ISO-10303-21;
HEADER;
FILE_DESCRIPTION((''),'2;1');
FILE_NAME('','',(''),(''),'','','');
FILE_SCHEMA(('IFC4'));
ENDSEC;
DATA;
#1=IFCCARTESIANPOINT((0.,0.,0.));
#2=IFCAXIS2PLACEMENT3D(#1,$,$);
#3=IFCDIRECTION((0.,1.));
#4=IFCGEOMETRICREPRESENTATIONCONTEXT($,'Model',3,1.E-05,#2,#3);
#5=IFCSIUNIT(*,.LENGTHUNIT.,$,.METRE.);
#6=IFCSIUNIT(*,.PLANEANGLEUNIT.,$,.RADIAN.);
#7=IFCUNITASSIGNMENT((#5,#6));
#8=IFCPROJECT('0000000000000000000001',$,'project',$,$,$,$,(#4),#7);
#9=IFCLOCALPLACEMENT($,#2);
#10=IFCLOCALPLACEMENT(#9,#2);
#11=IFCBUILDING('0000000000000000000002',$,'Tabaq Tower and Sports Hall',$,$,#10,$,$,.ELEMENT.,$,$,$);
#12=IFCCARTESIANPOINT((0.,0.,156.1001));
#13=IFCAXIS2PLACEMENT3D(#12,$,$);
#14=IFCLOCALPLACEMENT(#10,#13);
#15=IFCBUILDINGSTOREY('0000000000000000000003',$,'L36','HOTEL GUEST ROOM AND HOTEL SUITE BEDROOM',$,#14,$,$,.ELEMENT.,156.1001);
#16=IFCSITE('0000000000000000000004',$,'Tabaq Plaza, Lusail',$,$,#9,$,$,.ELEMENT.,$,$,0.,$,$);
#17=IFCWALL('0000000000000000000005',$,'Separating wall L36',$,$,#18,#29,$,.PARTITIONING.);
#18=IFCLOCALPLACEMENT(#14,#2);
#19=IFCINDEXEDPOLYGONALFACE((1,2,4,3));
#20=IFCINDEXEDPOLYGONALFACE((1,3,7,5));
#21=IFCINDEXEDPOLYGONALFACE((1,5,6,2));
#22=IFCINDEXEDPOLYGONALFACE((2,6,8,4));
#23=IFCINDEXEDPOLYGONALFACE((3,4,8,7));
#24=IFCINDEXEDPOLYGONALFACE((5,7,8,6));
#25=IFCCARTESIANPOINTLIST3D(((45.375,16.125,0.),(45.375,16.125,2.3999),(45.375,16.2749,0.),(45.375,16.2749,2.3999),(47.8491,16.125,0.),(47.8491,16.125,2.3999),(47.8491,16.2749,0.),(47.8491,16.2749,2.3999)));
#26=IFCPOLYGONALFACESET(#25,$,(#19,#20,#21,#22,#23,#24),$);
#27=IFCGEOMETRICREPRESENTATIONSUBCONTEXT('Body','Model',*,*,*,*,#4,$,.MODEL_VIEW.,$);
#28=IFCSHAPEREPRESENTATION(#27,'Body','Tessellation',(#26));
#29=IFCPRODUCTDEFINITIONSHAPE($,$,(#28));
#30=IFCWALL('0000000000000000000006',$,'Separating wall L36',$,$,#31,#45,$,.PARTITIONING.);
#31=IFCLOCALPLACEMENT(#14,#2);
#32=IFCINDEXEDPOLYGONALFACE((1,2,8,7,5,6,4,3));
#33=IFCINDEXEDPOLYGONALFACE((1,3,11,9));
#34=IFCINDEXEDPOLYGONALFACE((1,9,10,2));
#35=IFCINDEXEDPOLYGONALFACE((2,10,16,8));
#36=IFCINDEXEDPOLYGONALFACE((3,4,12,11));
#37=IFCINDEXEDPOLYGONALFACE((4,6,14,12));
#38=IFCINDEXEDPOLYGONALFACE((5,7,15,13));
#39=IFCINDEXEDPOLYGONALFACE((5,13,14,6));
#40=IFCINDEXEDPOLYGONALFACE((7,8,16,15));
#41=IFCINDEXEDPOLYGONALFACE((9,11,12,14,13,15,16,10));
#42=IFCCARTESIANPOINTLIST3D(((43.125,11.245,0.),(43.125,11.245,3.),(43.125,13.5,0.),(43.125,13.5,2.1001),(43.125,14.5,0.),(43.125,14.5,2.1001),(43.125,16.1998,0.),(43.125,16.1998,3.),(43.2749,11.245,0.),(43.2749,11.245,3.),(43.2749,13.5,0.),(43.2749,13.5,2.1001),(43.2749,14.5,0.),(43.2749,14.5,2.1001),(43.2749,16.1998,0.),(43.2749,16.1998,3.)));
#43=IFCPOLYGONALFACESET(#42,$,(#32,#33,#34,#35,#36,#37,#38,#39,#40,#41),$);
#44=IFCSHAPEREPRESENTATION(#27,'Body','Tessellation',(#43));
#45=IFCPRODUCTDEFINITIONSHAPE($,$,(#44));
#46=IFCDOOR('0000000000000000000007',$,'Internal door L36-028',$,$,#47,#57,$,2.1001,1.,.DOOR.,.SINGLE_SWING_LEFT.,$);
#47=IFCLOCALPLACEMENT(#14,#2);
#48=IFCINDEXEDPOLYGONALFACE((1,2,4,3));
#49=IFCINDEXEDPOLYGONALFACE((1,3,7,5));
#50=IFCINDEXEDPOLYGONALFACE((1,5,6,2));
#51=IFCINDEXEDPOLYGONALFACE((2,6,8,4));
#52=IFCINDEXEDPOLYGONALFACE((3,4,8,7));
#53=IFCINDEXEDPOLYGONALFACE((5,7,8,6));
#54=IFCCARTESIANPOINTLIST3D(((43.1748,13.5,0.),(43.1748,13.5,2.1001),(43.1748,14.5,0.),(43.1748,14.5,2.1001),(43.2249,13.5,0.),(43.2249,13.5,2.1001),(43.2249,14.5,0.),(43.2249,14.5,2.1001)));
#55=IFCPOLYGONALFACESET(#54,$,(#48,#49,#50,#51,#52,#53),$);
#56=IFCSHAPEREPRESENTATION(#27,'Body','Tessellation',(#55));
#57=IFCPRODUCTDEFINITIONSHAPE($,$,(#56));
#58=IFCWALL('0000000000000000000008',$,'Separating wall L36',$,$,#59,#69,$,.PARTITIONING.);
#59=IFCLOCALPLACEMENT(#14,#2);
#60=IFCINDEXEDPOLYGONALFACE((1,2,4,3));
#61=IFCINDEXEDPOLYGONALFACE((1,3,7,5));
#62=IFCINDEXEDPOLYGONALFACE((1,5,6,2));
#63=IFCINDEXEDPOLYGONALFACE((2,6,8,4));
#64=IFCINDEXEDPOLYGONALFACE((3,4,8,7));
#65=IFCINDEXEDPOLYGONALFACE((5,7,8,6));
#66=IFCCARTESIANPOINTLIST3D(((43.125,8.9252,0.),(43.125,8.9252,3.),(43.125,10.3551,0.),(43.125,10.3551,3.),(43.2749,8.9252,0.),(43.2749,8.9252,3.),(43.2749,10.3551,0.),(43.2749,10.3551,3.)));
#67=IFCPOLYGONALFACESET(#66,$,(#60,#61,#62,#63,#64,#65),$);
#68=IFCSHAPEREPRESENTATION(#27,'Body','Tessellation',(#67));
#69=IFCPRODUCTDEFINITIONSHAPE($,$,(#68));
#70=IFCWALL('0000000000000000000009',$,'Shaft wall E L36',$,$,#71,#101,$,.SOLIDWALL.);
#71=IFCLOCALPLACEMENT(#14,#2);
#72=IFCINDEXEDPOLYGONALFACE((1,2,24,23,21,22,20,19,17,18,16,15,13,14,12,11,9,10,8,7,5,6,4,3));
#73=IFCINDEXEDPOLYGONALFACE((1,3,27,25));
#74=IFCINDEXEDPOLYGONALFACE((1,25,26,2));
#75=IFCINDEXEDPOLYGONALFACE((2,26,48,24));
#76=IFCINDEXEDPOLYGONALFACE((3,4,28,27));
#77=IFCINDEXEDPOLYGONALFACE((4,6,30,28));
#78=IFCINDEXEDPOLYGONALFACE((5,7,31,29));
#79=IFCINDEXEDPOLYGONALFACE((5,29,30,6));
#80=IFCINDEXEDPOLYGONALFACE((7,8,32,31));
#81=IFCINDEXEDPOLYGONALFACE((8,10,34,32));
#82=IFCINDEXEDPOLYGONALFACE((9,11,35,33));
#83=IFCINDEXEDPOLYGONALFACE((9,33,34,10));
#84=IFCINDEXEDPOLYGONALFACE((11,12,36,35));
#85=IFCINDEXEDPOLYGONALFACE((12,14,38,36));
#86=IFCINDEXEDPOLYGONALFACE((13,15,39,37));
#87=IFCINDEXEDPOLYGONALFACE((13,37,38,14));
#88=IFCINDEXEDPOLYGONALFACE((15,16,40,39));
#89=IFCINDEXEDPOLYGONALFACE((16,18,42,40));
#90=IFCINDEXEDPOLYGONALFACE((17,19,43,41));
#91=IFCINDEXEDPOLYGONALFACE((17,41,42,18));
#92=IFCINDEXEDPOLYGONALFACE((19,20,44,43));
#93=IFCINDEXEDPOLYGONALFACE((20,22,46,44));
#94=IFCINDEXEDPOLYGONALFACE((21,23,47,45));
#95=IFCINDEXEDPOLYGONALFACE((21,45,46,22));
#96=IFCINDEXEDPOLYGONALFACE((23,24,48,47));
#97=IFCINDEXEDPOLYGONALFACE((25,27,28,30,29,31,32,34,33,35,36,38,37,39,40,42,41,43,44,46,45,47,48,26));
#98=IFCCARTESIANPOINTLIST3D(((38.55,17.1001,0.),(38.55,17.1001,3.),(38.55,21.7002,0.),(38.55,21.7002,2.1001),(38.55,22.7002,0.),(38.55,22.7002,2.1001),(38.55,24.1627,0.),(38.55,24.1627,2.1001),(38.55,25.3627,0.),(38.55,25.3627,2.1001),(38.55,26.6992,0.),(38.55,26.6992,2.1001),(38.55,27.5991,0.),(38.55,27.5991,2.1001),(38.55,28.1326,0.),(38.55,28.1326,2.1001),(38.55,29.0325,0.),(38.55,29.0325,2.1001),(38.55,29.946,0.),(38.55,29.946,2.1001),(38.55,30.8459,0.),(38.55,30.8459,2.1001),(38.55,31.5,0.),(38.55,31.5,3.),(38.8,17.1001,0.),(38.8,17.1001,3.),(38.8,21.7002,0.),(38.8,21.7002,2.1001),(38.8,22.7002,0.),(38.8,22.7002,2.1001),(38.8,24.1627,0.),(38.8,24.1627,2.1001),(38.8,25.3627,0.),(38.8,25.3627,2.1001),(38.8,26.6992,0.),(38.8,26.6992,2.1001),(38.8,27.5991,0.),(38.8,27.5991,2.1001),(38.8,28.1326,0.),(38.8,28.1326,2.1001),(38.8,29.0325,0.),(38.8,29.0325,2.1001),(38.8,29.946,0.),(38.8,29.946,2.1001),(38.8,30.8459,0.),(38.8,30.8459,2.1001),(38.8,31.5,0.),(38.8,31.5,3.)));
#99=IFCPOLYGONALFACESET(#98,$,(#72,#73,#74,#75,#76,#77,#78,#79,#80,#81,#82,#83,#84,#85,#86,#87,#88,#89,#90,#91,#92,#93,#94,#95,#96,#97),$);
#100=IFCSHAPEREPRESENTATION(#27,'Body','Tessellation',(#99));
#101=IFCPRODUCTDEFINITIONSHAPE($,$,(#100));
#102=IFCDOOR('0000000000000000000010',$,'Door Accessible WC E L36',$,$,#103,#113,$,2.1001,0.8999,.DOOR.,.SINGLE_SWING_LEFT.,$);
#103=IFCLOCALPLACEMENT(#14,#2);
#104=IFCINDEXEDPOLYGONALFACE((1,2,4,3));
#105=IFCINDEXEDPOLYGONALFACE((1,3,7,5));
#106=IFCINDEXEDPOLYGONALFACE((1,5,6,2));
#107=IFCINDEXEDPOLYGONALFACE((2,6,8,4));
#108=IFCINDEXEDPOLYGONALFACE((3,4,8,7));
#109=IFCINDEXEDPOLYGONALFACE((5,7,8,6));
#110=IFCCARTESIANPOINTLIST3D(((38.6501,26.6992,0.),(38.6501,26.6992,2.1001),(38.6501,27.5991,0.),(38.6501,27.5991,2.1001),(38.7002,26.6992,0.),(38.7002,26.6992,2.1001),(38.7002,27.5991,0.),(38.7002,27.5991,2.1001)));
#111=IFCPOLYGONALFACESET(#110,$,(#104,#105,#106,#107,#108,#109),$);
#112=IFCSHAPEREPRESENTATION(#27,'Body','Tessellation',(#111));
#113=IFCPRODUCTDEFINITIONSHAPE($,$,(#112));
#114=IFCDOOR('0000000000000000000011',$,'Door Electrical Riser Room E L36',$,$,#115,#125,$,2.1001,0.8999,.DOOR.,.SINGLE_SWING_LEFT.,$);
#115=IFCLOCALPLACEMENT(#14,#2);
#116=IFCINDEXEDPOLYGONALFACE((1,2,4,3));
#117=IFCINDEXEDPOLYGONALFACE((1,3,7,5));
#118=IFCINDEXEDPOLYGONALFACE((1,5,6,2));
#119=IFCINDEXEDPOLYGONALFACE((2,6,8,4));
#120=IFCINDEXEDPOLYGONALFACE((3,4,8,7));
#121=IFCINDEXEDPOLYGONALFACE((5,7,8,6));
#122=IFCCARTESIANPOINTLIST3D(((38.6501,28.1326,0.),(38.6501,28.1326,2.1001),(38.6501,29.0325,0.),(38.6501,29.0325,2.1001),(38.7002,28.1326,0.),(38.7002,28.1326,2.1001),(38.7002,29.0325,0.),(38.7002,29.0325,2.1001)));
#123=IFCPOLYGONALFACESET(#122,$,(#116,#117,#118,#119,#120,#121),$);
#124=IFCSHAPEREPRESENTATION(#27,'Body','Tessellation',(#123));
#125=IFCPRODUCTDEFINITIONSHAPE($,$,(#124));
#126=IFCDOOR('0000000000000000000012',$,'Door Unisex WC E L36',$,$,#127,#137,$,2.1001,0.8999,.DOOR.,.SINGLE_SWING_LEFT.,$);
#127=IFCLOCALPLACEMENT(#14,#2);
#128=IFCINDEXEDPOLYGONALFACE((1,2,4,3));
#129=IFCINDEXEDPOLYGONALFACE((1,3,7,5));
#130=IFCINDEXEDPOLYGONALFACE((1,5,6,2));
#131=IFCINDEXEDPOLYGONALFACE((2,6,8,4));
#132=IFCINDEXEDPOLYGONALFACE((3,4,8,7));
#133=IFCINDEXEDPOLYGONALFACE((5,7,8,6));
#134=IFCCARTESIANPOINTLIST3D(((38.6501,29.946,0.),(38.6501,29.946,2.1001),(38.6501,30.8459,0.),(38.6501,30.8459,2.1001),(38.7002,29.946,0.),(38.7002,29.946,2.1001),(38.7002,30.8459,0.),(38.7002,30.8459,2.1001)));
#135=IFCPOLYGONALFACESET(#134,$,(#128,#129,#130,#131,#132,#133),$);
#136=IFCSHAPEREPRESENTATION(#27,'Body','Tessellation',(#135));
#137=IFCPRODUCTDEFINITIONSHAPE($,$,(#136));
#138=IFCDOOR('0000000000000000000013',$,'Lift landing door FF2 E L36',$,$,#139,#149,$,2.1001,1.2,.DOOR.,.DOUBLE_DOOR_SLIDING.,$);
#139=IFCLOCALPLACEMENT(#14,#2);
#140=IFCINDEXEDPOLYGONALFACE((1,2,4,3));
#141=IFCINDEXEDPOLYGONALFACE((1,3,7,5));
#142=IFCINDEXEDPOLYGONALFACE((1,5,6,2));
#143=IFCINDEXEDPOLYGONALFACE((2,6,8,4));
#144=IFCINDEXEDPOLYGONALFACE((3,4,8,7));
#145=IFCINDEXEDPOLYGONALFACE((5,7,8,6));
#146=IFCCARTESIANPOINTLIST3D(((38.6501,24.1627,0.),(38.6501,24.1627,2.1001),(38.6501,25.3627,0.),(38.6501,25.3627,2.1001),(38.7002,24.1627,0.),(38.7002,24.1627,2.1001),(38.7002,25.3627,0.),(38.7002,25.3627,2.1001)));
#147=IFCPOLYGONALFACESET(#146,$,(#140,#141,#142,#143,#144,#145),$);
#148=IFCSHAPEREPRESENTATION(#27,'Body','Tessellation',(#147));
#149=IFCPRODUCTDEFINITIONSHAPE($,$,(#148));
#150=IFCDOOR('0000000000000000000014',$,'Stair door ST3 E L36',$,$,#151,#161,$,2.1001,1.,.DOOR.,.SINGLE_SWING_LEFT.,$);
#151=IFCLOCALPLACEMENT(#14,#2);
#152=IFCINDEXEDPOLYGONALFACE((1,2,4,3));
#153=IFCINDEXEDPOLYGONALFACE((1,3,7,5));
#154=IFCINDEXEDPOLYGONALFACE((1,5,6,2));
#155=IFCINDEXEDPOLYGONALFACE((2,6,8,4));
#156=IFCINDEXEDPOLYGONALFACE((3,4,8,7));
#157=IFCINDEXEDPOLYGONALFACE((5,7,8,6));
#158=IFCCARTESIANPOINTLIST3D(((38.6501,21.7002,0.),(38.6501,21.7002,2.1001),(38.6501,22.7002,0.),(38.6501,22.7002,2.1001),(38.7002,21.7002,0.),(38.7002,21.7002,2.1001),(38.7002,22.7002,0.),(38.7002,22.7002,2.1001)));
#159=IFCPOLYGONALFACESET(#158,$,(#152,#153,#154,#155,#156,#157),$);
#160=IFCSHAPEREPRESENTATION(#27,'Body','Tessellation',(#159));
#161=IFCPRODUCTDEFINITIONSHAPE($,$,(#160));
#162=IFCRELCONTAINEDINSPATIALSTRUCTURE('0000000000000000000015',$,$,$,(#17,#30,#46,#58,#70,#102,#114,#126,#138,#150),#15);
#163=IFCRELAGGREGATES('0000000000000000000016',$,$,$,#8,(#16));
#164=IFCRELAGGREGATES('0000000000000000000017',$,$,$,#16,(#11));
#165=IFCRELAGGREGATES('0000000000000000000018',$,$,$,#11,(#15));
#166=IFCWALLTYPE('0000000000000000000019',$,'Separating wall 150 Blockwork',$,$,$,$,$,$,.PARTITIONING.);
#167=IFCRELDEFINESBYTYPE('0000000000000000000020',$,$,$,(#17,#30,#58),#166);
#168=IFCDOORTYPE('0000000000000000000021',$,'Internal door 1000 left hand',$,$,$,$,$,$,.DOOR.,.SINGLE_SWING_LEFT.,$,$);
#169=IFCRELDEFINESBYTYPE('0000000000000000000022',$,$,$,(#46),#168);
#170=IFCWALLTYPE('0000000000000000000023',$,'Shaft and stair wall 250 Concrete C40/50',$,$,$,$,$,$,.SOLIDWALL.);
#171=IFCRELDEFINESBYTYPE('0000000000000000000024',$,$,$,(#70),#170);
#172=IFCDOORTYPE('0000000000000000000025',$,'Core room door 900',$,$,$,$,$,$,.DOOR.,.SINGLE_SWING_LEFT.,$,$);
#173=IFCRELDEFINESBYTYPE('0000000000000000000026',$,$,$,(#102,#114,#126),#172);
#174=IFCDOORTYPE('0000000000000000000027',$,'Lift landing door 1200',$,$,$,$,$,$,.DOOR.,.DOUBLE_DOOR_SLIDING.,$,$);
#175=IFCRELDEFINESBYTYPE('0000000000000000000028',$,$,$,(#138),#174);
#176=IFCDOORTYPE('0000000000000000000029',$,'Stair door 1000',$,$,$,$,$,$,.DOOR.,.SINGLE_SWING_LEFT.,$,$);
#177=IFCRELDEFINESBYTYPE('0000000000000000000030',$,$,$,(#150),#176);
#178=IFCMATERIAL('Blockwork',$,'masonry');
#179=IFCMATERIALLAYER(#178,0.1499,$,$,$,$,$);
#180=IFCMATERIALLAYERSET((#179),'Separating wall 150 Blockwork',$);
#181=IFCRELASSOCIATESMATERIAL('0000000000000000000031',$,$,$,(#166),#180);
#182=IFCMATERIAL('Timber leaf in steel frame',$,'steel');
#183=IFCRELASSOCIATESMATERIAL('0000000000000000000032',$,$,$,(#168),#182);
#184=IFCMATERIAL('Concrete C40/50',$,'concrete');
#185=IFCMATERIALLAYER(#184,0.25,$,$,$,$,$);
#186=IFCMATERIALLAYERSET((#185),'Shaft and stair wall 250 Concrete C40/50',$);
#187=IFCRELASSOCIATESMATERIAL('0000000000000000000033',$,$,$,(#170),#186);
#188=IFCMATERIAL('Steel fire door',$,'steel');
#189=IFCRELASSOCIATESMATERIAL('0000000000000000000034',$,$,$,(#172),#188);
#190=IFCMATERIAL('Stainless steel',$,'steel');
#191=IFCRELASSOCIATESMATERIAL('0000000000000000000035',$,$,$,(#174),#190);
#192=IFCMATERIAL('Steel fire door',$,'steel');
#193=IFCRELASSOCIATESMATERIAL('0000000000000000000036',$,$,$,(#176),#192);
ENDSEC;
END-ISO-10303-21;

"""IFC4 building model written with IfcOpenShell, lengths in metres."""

from ifc_helpers import new_model, si_unit, direction, frame, frame_2d, origin, place, context, subcontext, project, spatial, rectangle, extrude, material, layer, layer_set, type_object, element, fill, save


model = new_model("IFC4")

# Units and contexts
model_context = context("Model", 3, precision=1e-05, world=origin(), true_north=direction((0.0, 1.0)))
body_context = subcontext(model_context, "Body", "Model", "MODEL_VIEW")
ifc_project = project(units=[si_unit("LENGTHUNIT", "METRE"), si_unit("PLANEANGLEUNIT", "RADIAN")], contexts=[model_context])

# Site, building, storey
site_placement = place(None, origin())
site = spatial("IfcSite", under=ifc_project, at=site_placement, Name="Tabaq Plaza, Lusail", CompositionType="ELEMENT", RefElevation=0.0)
building_placement = place(site_placement, origin())
building = spatial("IfcBuilding", under=site, at=building_placement, Name="Tabaq Tower and Sports Hall", CompositionType="ELEMENT")
storey_placement = place(building_placement, frame((0.0, 0.0, 156.1001)))
storey = spatial("IfcBuildingStorey", under=building, at=storey_placement, Name="L36", Description="HOTEL GUEST ROOM AND HOTEL SUITE BEDROOM", CompositionType="ELEMENT", Elevation=156.1001)

# Wall
ifc_material_1 = material(Name="Blockwork", Category="masonry")
ifc_layer_1 = layer(ifc_material_1, 0.1499)
ifc_layer_set_1 = layer_set([ifc_layer_1], Name="Separating wall 150 Blockwork")
wall_type_1 = type_object("IfcWallType", Name="Separating wall 150 Blockwork", PredefinedType="PARTITIONING", material=ifc_layer_set_1)
wall_1_placement = place(storey_placement, frame((47.8491, 16.2, 0.0), z_axis=(0.0, 0.0, 1.0), x_axis=(-1.0, 0.0, 0.0)))
element("IfcWall", 1, at=wall_1_placement, inside=storey, type_object=wall_type_1, Name="Separating wall L36", PredefinedType="PARTITIONING", context=body_context, shape_type="SweptSolid", body=[
    extrude(rectangle(XDim=2.4741, YDim=0.1499, at=frame_2d((1.2371, 0.0))), origin(), (0.0, 0.0, 1.0), 2.3999),
])

# Wall, opening, door
wall_2_placement = place(storey_placement, frame((43.2, 16.2, 0.0), z_axis=(0.0, 0.0, 1.0), x_axis=(0.0, -1.0, 0.0)))
wall_2 = element("IfcWall", 2, at=wall_2_placement, inside=storey, type_object=wall_type_1, Name="Separating wall L36", PredefinedType="PARTITIONING", context=body_context, shape_type="SweptSolid", body=[
    extrude(rectangle(XDim=4.9548, YDim=0.1499, at=frame_2d((2.4775, 0.0))), origin(), (0.0, 0.0, 1.0), 3.0),
])
opening_1_placement = place(wall_2_placement, frame((1.7, 0.0, 0.0)))
opening_1 = element("IfcOpeningElement", 3, at=opening_1_placement, cuts=wall_2, PredefinedType="OPENING", context=body_context, shape_type="SweptSolid", body=[
    extrude(rectangle(XDim=1.0, YDim=2.1001, at=frame_2d((0.5, 1.05))), frame((0.0, 0.075, 0.0), z_axis=(0.0, -1.0, 0.0), x_axis=(1.0, 0.0, 0.0)), (0.0, 0.0, 1.0), 0.1499),
])
ifc_material_2 = material(Name="Timber leaf in steel frame", Category="steel")
door_type_1 = type_object("IfcDoorType", Name="Internal door 1000 left hand", OperationType="SINGLE_SWING_LEFT", PredefinedType="DOOR", material=ifc_material_2)
door_1_placement = place(opening_1_placement, origin())
door_1 = element("IfcDoor", 4, at=door_1_placement, inside=storey, type_object=door_type_1, Name="Internal door L36-028", OperationType="SINGLE_SWING_LEFT", OverallHeight=2.1001, OverallWidth=1.0, PredefinedType="DOOR", context=body_context, shape_type="SweptSolid", body=[
    extrude(rectangle(XDim=1.0, YDim=2.1001, at=frame_2d((0.5, 1.05))), frame((0.0, 0.0249, 0.0), z_axis=(0.0, -1.0, 0.0), x_axis=(1.0, 0.0, 0.0)), (0.0, 0.0, 1.0), 0.05),
])
fill(opening_1, door_1)

# Wall
wall_3_placement = place(storey_placement, frame((43.2, 10.355, 0.0), z_axis=(0.0, 0.0, 1.0), x_axis=(0.0, -1.0, 0.0)))
element("IfcWall", 5, at=wall_3_placement, inside=storey, type_object=wall_type_1, Name="Separating wall L36", PredefinedType="PARTITIONING", context=body_context, shape_type="SweptSolid", body=[
    extrude(rectangle(XDim=1.4299, YDim=0.1499, at=frame_2d((0.7148, 0.0))), origin(), (0.0, 0.0, 1.0), 3.0),
])

# Wall, openings, doors
ifc_material_3 = material(Name="Concrete C40/50", Category="concrete")
ifc_layer_2 = layer(ifc_material_3, 0.25)
ifc_layer_set_2 = layer_set([ifc_layer_2], Name="Shaft and stair wall 250 Concrete C40/50")
wall_type_2 = type_object("IfcWallType", Name="Shaft and stair wall 250 Concrete C40/50", PredefinedType="SOLIDWALL", material=ifc_layer_set_2)
wall_4_placement = place(storey_placement, frame((38.675, 17.1001, 0.0), z_axis=(0.0, 0.0, 1.0), x_axis=(0.0, 1.0, 0.0)))
wall_4 = element("IfcWall", 6, at=wall_4_placement, inside=storey, type_object=wall_type_2, Name="Shaft wall E L36", PredefinedType="SOLIDWALL", context=body_context, shape_type="SweptSolid", body=[
    extrude(rectangle(XDim=14.3999, YDim=0.25, at=frame_2d((7.2, 0.0))), origin(), (0.0, 0.0, 1.0), 3.0),
])
opening_2_placement = place(wall_4_placement, frame((4.6001, 0.0, 0.0)))
opening_2 = element("IfcOpeningElement", 7, at=opening_2_placement, cuts=wall_4, PredefinedType="OPENING", context=body_context, shape_type="SweptSolid", body=[
    extrude(rectangle(XDim=1.0, YDim=2.1001, at=frame_2d((0.5, 1.05))), frame((0.0, 0.125, 0.0), z_axis=(0.0, -1.0, 0.0), x_axis=(1.0, 0.0, 0.0)), (0.0, 0.0, 1.0), 0.25),
])
opening_3_placement = place(wall_4_placement, frame((7.0625, 0.0, 0.0)))
opening_3 = element("IfcOpeningElement", 8, at=opening_3_placement, cuts=wall_4, PredefinedType="OPENING", context=body_context, shape_type="SweptSolid", body=[
    extrude(rectangle(XDim=1.2, YDim=2.1001, at=frame_2d((0.6001, 1.05))), frame((0.0, 0.125, 0.0), z_axis=(0.0, -1.0, 0.0), x_axis=(1.0, 0.0, 0.0)), (0.0, 0.0, 1.0), 0.25),
])
opening_4_placement = place(wall_4_placement, frame((9.5991, 0.0, 0.0)))
opening_4 = element("IfcOpeningElement", 9, at=opening_4_placement, cuts=wall_4, PredefinedType="OPENING", context=body_context, shape_type="SweptSolid", body=[
    extrude(rectangle(XDim=0.8999, YDim=2.1001, at=frame_2d((0.45, 1.05))), frame((0.0, 0.125, 0.0), z_axis=(0.0, -1.0, 0.0), x_axis=(1.0, 0.0, 0.0)), (0.0, 0.0, 1.0), 0.25),
])
opening_5_placement = place(wall_4_placement, frame((11.0325, 0.0, 0.0)))
opening_5 = element("IfcOpeningElement", 10, at=opening_5_placement, cuts=wall_4, PredefinedType="OPENING", context=body_context, shape_type="SweptSolid", body=[
    extrude(rectangle(XDim=0.8999, YDim=2.1001, at=frame_2d((0.45, 1.05))), frame((0.0, 0.125, 0.0), z_axis=(0.0, -1.0, 0.0), x_axis=(1.0, 0.0, 0.0)), (0.0, 0.0, 1.0), 0.25),
])
opening_6_placement = place(wall_4_placement, frame((12.8459, 0.0, 0.0)))
opening_6 = element("IfcOpeningElement", 11, at=opening_6_placement, cuts=wall_4, PredefinedType="OPENING", context=body_context, shape_type="SweptSolid", body=[
    extrude(rectangle(XDim=0.8999, YDim=2.1001, at=frame_2d((0.45, 1.05))), frame((0.0, 0.125, 0.0), z_axis=(0.0, -1.0, 0.0), x_axis=(1.0, 0.0, 0.0)), (0.0, 0.0, 1.0), 0.25),
])
ifc_material_4 = material(Name="Steel fire door", Category="steel")
door_type_2 = type_object("IfcDoorType", Name="Core room door 900", OperationType="SINGLE_SWING_LEFT", PredefinedType="DOOR", material=ifc_material_4)
door_2_placement = place(opening_4_placement, origin())
door_2 = element("IfcDoor", 12, at=door_2_placement, inside=storey, type_object=door_type_2, Name="Door Accessible WC E L36", OperationType="SINGLE_SWING_LEFT", OverallHeight=2.1001, OverallWidth=0.8999, PredefinedType="DOOR", context=body_context, shape_type="SweptSolid", body=[
    extrude(rectangle(XDim=0.8999, YDim=2.1001, at=frame_2d((0.45, 1.05))), frame((0.0, 0.0249, 0.0), z_axis=(0.0, -1.0, 0.0), x_axis=(1.0, 0.0, 0.0)), (0.0, 0.0, 1.0), 0.05),
])
fill(opening_4, door_2)
door_3_placement = place(opening_5_placement, origin())
door_3 = element("IfcDoor", 13, at=door_3_placement, inside=storey, type_object=door_type_2, Name="Door Electrical Riser Room E L36", OperationType="SINGLE_SWING_LEFT", OverallHeight=2.1001, OverallWidth=0.8999, PredefinedType="DOOR", context=body_context, shape_type="SweptSolid", body=[
    extrude(rectangle(XDim=0.8999, YDim=2.1001, at=frame_2d((0.45, 1.05))), frame((0.0, 0.0249, 0.0), z_axis=(0.0, -1.0, 0.0), x_axis=(1.0, 0.0, 0.0)), (0.0, 0.0, 1.0), 0.05),
])
fill(opening_5, door_3)
door_4_placement = place(opening_6_placement, origin())
door_4 = element("IfcDoor", 14, at=door_4_placement, inside=storey, type_object=door_type_2, Name="Door Unisex WC E L36", OperationType="SINGLE_SWING_LEFT", OverallHeight=2.1001, OverallWidth=0.8999, PredefinedType="DOOR", context=body_context, shape_type="SweptSolid", body=[
    extrude(rectangle(XDim=0.8999, YDim=2.1001, at=frame_2d((0.45, 1.05))), frame((0.0, 0.0249, 0.0), z_axis=(0.0, -1.0, 0.0), x_axis=(1.0, 0.0, 0.0)), (0.0, 0.0, 1.0), 0.05),
])
fill(opening_6, door_4)
ifc_material_5 = material(Name="Stainless steel", Category="steel")
door_type_3 = type_object("IfcDoorType", Name="Lift landing door 1200", OperationType="DOUBLE_DOOR_SLIDING", PredefinedType="DOOR", material=ifc_material_5)
door_5_placement = place(opening_3_placement, origin())
door_5 = element("IfcDoor", 15, at=door_5_placement, inside=storey, type_object=door_type_3, Name="Lift landing door FF2 E L36", OperationType="DOUBLE_DOOR_SLIDING", OverallHeight=2.1001, OverallWidth=1.2, PredefinedType="DOOR", context=body_context, shape_type="SweptSolid", body=[
    extrude(rectangle(XDim=1.2, YDim=2.1001, at=frame_2d((0.6001, 1.05))), frame((0.0, 0.0249, 0.0), z_axis=(0.0, -1.0, 0.0), x_axis=(1.0, 0.0, 0.0)), (0.0, 0.0, 1.0), 0.05),
])
fill(opening_3, door_5)
ifc_material_6 = material(Name="Steel fire door", Category="steel")
door_type_4 = type_object("IfcDoorType", Name="Stair door 1000", OperationType="SINGLE_SWING_LEFT", PredefinedType="DOOR", material=ifc_material_6)
door_6_placement = place(opening_2_placement, origin())
door_6 = element("IfcDoor", 16, at=door_6_placement, inside=storey, type_object=door_type_4, Name="Stair door ST3 E L36", OperationType="SINGLE_SWING_LEFT", OverallHeight=2.1001, OverallWidth=1.0, PredefinedType="DOOR", context=body_context, shape_type="SweptSolid", body=[
    extrude(rectangle(XDim=1.0, YDim=2.1001, at=frame_2d((0.5, 1.05))), frame((0.0, 0.0249, 0.0), z_axis=(0.0, -1.0, 0.0), x_axis=(1.0, 0.0, 0.0)), (0.0, 0.0, 1.0), 0.05),
])
fill(opening_2, door_6)

save(model, "model.ifc")
